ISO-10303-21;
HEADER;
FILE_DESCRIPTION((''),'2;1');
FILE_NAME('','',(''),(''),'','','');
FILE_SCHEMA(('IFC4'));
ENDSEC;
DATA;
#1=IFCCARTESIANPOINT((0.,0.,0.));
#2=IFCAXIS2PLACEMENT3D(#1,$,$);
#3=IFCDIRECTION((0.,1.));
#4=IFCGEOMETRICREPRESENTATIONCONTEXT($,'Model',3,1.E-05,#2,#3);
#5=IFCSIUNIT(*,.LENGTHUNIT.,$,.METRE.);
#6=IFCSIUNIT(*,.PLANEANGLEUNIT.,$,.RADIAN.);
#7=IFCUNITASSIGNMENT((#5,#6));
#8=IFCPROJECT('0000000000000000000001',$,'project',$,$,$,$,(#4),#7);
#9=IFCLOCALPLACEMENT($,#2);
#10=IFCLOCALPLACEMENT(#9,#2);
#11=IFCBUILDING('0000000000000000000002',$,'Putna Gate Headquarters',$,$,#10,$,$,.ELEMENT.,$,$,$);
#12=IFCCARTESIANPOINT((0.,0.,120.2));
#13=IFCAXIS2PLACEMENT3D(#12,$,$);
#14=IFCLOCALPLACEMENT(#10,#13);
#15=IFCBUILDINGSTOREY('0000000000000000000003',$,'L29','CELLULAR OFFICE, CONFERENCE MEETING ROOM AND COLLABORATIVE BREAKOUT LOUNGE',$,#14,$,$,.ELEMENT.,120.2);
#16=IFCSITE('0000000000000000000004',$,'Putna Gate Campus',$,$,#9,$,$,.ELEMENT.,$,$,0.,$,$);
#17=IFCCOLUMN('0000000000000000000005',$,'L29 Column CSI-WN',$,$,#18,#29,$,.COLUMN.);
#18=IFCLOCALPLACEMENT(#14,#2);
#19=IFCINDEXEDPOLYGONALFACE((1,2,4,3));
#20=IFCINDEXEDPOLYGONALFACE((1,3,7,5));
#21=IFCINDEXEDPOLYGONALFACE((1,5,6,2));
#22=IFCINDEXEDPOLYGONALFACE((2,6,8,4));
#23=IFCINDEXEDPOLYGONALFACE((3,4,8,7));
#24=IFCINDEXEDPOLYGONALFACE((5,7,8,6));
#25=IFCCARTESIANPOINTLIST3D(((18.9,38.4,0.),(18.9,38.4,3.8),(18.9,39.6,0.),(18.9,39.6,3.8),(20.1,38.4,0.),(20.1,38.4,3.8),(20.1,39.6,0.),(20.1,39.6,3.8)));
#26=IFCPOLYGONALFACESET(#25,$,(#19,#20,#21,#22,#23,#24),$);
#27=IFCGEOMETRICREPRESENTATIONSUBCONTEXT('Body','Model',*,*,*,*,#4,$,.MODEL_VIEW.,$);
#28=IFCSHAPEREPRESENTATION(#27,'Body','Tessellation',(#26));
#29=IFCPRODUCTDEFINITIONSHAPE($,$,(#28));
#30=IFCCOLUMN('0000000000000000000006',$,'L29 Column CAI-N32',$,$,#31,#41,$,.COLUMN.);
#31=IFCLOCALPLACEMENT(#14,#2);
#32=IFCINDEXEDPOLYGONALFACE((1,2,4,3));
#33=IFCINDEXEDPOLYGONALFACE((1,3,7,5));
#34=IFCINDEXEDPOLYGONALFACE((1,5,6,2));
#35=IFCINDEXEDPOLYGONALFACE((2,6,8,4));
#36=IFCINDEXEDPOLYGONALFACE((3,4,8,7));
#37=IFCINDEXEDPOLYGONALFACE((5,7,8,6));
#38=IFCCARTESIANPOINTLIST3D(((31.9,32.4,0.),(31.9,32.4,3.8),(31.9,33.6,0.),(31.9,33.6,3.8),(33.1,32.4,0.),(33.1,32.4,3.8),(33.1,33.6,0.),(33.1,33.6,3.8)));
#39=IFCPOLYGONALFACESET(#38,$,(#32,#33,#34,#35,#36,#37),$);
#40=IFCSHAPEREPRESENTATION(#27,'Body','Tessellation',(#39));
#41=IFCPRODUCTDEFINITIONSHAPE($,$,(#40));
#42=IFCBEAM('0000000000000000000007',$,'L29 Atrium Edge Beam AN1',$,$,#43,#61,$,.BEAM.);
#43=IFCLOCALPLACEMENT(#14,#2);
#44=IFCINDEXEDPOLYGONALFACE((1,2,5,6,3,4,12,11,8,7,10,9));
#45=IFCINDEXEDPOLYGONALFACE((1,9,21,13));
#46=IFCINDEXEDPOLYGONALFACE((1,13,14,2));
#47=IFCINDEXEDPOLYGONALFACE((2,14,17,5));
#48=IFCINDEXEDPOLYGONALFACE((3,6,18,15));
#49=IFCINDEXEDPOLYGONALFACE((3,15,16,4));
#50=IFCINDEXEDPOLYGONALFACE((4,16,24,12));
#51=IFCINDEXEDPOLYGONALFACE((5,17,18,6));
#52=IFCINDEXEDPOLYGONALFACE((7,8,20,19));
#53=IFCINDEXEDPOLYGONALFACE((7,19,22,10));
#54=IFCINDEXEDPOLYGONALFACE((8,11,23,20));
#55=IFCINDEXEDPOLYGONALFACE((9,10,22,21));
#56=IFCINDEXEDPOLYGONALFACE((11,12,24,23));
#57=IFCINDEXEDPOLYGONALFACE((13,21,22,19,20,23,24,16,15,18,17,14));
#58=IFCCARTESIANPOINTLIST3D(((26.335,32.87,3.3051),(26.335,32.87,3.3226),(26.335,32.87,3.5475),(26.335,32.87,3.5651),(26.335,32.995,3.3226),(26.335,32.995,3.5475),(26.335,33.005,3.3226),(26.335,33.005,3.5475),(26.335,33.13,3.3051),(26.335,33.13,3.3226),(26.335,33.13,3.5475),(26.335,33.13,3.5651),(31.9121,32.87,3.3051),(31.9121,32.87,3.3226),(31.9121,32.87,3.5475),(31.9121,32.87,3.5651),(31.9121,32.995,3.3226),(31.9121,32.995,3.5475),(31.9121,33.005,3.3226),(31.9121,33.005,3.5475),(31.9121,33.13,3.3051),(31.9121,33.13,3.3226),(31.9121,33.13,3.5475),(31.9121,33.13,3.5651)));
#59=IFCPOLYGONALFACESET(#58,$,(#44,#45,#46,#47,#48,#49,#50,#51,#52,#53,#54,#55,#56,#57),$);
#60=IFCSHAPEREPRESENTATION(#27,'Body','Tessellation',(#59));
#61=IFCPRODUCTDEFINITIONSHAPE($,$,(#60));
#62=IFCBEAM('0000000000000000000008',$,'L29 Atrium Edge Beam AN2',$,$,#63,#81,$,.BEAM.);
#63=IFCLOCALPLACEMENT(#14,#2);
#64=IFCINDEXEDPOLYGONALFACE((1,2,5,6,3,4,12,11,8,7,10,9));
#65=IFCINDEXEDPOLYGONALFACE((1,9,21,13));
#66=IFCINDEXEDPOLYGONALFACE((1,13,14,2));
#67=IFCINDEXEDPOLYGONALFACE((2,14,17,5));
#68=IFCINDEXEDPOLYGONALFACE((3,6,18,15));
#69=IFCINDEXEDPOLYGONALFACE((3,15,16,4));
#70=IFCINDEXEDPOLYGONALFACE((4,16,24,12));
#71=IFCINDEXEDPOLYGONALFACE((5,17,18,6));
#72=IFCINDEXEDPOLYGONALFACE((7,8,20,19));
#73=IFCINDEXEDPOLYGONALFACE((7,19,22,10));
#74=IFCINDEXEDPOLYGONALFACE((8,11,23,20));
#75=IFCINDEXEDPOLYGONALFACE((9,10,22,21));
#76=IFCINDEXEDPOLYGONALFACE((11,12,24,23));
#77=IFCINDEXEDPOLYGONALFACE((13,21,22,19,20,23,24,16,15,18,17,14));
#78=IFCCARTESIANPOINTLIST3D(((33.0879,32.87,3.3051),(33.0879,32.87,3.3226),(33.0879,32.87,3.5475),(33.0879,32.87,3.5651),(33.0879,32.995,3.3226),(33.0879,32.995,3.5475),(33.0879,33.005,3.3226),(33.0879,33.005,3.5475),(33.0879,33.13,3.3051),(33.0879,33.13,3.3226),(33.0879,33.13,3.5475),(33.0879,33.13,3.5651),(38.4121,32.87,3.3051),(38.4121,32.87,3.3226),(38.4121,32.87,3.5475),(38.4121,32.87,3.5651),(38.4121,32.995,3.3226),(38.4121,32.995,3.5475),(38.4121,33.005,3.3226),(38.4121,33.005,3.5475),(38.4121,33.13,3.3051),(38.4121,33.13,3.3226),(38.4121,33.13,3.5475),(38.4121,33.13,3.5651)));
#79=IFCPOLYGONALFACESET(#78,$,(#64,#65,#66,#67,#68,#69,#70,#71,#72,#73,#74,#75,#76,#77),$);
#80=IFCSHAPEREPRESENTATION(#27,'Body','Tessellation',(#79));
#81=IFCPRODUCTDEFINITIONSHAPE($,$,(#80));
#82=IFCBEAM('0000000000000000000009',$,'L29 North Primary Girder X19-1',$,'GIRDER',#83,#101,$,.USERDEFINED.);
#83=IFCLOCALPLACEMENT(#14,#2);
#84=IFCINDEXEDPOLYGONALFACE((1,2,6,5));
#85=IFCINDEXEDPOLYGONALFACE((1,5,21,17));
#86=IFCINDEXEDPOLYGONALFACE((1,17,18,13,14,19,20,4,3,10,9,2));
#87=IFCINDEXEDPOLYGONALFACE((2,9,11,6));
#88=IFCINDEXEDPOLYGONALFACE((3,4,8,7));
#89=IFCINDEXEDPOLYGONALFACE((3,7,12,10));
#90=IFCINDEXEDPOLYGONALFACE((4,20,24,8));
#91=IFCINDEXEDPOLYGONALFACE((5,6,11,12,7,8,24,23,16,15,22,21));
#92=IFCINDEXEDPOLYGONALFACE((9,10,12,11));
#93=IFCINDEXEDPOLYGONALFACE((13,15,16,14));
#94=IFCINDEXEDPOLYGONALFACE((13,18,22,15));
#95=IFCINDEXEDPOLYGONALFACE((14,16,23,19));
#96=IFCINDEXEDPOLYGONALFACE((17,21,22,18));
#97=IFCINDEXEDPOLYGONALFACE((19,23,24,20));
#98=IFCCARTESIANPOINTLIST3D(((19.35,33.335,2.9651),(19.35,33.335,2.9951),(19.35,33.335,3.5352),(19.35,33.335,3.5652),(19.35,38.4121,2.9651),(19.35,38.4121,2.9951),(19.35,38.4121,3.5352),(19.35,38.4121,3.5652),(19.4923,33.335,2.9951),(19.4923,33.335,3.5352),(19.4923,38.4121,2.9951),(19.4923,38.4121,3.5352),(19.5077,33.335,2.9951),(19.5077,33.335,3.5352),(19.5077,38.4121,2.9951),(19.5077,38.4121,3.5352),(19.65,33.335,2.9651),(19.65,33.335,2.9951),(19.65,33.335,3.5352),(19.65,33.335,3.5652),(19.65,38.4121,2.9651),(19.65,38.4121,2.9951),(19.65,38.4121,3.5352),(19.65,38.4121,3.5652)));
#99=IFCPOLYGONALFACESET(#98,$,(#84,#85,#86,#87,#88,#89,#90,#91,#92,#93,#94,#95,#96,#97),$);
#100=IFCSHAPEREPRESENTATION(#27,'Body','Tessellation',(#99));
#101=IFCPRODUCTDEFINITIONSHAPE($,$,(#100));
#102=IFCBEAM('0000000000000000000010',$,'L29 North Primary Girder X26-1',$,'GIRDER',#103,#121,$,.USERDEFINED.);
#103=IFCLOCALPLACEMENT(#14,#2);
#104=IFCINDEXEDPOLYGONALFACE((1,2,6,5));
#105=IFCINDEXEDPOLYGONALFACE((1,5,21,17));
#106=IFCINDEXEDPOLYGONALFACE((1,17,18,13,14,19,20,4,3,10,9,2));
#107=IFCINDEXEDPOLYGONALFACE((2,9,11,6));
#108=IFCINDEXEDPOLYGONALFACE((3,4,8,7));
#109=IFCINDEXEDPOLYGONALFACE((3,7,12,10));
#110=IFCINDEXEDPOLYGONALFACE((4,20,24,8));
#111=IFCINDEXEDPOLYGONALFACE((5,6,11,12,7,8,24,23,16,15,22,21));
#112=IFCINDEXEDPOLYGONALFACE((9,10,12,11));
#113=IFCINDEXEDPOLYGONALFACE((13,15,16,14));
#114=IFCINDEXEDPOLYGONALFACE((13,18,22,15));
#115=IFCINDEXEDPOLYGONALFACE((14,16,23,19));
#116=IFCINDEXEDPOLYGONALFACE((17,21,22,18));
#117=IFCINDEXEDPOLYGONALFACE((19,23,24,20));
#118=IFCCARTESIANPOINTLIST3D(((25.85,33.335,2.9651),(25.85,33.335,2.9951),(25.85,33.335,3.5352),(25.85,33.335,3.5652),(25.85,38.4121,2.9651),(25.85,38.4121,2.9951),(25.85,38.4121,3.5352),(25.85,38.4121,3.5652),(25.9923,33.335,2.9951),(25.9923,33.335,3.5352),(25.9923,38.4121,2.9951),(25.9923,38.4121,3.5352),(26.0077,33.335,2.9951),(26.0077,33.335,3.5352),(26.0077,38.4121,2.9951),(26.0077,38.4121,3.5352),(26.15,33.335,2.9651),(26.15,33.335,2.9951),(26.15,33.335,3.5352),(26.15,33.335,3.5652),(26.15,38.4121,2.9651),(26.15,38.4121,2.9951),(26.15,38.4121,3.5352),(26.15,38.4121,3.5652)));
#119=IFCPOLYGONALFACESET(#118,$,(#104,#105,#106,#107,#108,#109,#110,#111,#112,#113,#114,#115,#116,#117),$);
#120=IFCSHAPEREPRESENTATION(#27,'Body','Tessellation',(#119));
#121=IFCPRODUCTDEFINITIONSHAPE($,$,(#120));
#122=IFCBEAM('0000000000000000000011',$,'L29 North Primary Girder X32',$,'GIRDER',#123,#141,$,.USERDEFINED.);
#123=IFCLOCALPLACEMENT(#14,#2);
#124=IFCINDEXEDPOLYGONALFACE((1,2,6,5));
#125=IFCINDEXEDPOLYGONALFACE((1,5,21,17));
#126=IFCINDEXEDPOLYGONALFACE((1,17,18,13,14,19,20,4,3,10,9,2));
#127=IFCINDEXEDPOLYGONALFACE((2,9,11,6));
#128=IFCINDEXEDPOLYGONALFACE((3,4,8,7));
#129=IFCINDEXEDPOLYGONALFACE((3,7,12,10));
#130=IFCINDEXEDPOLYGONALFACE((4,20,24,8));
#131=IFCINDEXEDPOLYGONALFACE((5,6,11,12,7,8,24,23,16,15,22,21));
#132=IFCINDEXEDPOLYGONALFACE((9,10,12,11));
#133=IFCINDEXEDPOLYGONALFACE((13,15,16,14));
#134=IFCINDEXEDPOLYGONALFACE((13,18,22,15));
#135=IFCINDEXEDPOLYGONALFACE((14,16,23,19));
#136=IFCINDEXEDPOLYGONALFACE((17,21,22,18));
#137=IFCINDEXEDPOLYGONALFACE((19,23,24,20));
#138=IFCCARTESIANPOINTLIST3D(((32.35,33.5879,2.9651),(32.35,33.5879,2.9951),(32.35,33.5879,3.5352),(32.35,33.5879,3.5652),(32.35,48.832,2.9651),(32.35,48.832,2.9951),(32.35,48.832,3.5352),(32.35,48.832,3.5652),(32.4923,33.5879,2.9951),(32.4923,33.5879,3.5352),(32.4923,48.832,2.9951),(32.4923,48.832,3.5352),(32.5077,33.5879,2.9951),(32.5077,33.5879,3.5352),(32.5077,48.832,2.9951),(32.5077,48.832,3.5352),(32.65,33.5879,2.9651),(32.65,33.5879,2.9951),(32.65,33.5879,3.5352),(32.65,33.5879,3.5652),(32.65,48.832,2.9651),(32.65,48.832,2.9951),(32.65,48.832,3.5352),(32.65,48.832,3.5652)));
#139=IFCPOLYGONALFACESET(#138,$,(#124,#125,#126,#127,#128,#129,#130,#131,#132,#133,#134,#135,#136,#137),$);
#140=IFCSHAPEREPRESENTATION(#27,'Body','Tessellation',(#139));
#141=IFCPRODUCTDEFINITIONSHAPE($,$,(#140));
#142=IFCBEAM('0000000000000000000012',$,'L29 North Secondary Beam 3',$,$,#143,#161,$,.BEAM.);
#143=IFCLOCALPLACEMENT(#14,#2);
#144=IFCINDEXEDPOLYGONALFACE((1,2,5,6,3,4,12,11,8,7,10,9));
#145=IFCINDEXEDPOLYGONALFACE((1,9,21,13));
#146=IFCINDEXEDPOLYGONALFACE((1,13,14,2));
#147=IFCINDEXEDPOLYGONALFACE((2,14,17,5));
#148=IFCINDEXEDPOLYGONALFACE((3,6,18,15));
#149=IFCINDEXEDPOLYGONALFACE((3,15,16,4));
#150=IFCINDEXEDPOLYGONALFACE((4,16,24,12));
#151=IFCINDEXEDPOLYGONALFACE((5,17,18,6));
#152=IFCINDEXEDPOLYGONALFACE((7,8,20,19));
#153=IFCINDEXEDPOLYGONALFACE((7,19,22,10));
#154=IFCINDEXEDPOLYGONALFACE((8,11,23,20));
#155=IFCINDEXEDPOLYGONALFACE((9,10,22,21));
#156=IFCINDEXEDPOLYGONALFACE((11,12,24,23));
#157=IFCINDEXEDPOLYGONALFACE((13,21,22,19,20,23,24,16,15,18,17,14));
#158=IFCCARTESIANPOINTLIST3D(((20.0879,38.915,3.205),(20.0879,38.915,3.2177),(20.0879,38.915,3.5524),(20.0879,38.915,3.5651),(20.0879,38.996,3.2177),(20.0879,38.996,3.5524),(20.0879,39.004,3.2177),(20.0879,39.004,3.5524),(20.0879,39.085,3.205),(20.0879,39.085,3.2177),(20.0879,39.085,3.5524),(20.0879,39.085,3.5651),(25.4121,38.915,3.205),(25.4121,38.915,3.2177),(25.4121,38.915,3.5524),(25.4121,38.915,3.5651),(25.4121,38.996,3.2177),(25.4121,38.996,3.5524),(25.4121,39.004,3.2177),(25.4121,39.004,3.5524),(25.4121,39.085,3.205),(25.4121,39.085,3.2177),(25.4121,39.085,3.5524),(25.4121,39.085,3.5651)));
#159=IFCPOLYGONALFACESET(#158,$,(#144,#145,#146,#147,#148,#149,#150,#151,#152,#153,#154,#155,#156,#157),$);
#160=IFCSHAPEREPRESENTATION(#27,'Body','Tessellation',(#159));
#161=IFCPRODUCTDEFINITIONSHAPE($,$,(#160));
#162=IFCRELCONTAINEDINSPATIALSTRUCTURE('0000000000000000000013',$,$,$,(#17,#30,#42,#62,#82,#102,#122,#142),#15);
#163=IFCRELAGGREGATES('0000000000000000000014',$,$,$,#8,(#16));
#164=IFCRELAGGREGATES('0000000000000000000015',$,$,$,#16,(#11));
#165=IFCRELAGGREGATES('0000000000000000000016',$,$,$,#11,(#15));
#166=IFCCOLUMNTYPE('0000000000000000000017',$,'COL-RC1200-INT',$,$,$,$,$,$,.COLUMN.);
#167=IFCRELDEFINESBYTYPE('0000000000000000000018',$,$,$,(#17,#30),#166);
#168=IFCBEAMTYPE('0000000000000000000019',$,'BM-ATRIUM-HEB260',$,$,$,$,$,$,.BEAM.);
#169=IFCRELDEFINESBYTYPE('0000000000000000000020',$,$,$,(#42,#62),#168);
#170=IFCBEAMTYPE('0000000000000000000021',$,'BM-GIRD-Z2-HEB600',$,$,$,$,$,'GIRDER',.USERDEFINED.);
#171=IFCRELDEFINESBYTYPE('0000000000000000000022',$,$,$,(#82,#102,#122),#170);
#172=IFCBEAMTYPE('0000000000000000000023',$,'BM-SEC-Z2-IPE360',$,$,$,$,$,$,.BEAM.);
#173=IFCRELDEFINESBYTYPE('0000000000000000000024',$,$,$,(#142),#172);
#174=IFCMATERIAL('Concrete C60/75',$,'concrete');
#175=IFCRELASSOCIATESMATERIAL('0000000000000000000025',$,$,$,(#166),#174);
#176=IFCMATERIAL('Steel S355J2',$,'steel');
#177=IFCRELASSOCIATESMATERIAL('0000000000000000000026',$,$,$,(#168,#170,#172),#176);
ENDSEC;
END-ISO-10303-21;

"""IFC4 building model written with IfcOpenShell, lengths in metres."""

from ifc_helpers import new_model, si_unit, direction, frame, origin, origin_2d, place, context, subcontext, project, spatial, rectangle, i_section, extrude, material, material_profile, profile_set, type_object, element, save


model = new_model("IFC4")

# Units and contexts
model_context = context("Model", 3, precision=1e-05, world=origin(), true_north=direction((0.0, 1.0)))
body_context = subcontext(model_context, "Body", "Model", "MODEL_VIEW")
ifc_project = project(units=[si_unit("LENGTHUNIT", "METRE"), si_unit("PLANEANGLEUNIT", "RADIAN")], contexts=[model_context])

# Site, building, storey
site_placement = place(None, origin())
site = spatial("IfcSite", under=ifc_project, at=site_placement, Name="Putna Gate Campus", CompositionType="ELEMENT", RefElevation=0.0)
building_placement = place(site_placement, origin())
building = spatial("IfcBuilding", under=site, at=building_placement, Name="Putna Gate Headquarters", CompositionType="ELEMENT")
storey_placement = place(building_placement, frame((0.0, 0.0, 120.2)))
storey = spatial("IfcBuildingStorey", under=building, at=storey_placement, Name="L29", Description="CELLULAR OFFICE, CONFERENCE MEETING ROOM AND COLLABORATIVE BREAKOUT LOUNGE", CompositionType="ELEMENT", Elevation=120.2)

# Columns
ifc_material_1 = material(Name="Concrete C60/75", Category="concrete")
ifc_material_profile_1 = material_profile(ifc_material_1, rectangle(XDim=1.2, YDim=1.2, at=origin_2d()), Name="Concrete C60/75")
ifc_profile_set_1 = profile_set([ifc_material_profile_1], Name="Concrete C60/75")
column_type = type_object("IfcColumnType", Name="COL-RC1200-INT", PredefinedType="COLUMN", material=ifc_profile_set_1)
for number, where, z_axis, x_axis, name in (
    (1, (19.5, 39.0, 0.0), (0.0, 0.0, 1.0), (1.0, 0.0, 0.0), "L29 Column CSI-WN"),
    (2, (32.5, 33.0, 0.0), (0.0, 0.0, 1.0), (1.0, 0.0, 0.0), "L29 Column CAI-N32"),
):
    element("IfcColumn", number, at=place(storey_placement, frame(where, z_axis=z_axis, x_axis=x_axis)), inside=storey, type_object=column_type, Name=name, PredefinedType="COLUMN", context=body_context, shape_type="SweptSolid", body=[
        extrude(rectangle(XDim=1.2, YDim=1.2, at=origin_2d()), origin(), (0.0, 0.0, 1.0), 3.8),
    ])

# Beams
ifc_material_2 = material(Name="Steel S355J2", Category="steel")
ifc_material_profile_2 = material_profile(ifc_material_2, i_section(OverallWidth=0.26, OverallDepth=0.26, WebThickness=0.01, FlangeThickness=0.0176, at=origin_2d()), Name="Steel S355J2")
ifc_profile_set_2 = profile_set([ifc_material_profile_2], Name="Steel S355J2")
beam_type_1 = type_object("IfcBeamType", Name="BM-ATRIUM-HEB260", PredefinedType="BEAM", material=ifc_profile_set_2)
beam_1_placement = place(storey_placement, frame((26.335, 33.0, 3.4351), z_axis=(1.0, 0.0, 0.0), x_axis=(0.0, 1.0, 0.0)))
element("IfcBeam", 3, at=beam_1_placement, inside=storey, type_object=beam_type_1, Name="L29 Atrium Edge Beam AN1", PredefinedType="BEAM", context=body_context, shape_type="SweptSolid", body=[
    extrude(i_section(OverallWidth=0.26, OverallDepth=0.26, WebThickness=0.01, FlangeThickness=0.0176, at=origin_2d()), origin(), (0.0, 0.0, 1.0), 5.5771),
])
beam_2_placement = place(storey_placement, frame((33.0879, 33.0, 3.4351), z_axis=(1.0, 0.0, 0.0), x_axis=(0.0, 1.0, 0.0)))
element("IfcBeam", 4, at=beam_2_placement, inside=storey, type_object=beam_type_1, Name="L29 Atrium Edge Beam AN2", PredefinedType="BEAM", context=body_context, shape_type="SweptSolid", body=[
    extrude(i_section(OverallWidth=0.26, OverallDepth=0.26, WebThickness=0.01, FlangeThickness=0.0176, at=origin_2d()), origin(), (0.0, 0.0, 1.0), 5.3242),
])
ifc_material_profile_3 = material_profile(ifc_material_2, i_section(OverallWidth=0.3, OverallDepth=0.6001, WebThickness=0.0154, FlangeThickness=0.03, at=origin_2d()), Name="Steel S355J2")
ifc_profile_set_3 = profile_set([ifc_material_profile_3], Name="Steel S355J2")
beam_type_2 = type_object("IfcBeamType", Name="BM-GIRD-Z2-HEB600", ElementType="GIRDER", PredefinedType="USERDEFINED", material=ifc_profile_set_3)
for number, where, z_axis, x_axis, name in (
    (5, (19.5, 33.335, 3.2651), (0.0, 1.0, 0.0), (-1.0, 0.0, 0.0), "L29 North Primary Girder X19-1"),
    (6, (26.0, 33.335, 3.2651), (0.0, 1.0, 0.0), (-1.0, 0.0, 0.0), "L29 North Primary Girder X26-1"),
):
    element("IfcBeam", number, at=place(storey_placement, frame(where, z_axis=z_axis, x_axis=x_axis)), inside=storey, type_object=beam_type_2, Name=name, ObjectType="GIRDER", PredefinedType="USERDEFINED", context=body_context, shape_type="SweptSolid", body=[
        extrude(i_section(OverallWidth=0.3, OverallDepth=0.6001, WebThickness=0.0154, FlangeThickness=0.03, at=origin_2d()), origin(), (0.0, 0.0, 1.0), 5.0771),
    ])
beam_3_placement = place(storey_placement, frame((32.5, 33.5879, 3.2651), z_axis=(0.0, 1.0, 0.0), x_axis=(-1.0, 0.0, 0.0)))
element("IfcBeam", 7, at=beam_3_placement, inside=storey, type_object=beam_type_2, Name="L29 North Primary Girder X32", ObjectType="GIRDER", PredefinedType="USERDEFINED", context=body_context, shape_type="SweptSolid", body=[
    extrude(i_section(OverallWidth=0.3, OverallDepth=0.6001, WebThickness=0.0154, FlangeThickness=0.03, at=origin_2d()), origin(), (0.0, 0.0, 1.0), 15.2441),
])
ifc_material_profile_4 = material_profile(ifc_material_2, i_section(OverallWidth=0.1699, OverallDepth=0.3601, WebThickness=0.0081, FlangeThickness=0.0127, at=origin_2d()), Name="Steel S355J2")
ifc_profile_set_4 = profile_set([ifc_material_profile_4], Name="Steel S355J2")
beam_type_3 = type_object("IfcBeamType", Name="BM-SEC-Z2-IPE360", PredefinedType="BEAM", material=ifc_profile_set_4)
beam_4_placement = place(storey_placement, frame((20.0879, 39.0, 3.385), z_axis=(1.0, 0.0, 0.0), x_axis=(0.0, 1.0, 0.0)))
element("IfcBeam", 8, at=beam_4_placement, inside=storey, type_object=beam_type_3, Name="L29 North Secondary Beam 3", PredefinedType="BEAM", context=body_context, shape_type="SweptSolid", body=[
    extrude(i_section(OverallWidth=0.1699, OverallDepth=0.3601, WebThickness=0.0081, FlangeThickness=0.0127, at=origin_2d()), origin(), (0.0, 0.0, 1.0), 5.3242),
])

save(model, "model.ifc")
